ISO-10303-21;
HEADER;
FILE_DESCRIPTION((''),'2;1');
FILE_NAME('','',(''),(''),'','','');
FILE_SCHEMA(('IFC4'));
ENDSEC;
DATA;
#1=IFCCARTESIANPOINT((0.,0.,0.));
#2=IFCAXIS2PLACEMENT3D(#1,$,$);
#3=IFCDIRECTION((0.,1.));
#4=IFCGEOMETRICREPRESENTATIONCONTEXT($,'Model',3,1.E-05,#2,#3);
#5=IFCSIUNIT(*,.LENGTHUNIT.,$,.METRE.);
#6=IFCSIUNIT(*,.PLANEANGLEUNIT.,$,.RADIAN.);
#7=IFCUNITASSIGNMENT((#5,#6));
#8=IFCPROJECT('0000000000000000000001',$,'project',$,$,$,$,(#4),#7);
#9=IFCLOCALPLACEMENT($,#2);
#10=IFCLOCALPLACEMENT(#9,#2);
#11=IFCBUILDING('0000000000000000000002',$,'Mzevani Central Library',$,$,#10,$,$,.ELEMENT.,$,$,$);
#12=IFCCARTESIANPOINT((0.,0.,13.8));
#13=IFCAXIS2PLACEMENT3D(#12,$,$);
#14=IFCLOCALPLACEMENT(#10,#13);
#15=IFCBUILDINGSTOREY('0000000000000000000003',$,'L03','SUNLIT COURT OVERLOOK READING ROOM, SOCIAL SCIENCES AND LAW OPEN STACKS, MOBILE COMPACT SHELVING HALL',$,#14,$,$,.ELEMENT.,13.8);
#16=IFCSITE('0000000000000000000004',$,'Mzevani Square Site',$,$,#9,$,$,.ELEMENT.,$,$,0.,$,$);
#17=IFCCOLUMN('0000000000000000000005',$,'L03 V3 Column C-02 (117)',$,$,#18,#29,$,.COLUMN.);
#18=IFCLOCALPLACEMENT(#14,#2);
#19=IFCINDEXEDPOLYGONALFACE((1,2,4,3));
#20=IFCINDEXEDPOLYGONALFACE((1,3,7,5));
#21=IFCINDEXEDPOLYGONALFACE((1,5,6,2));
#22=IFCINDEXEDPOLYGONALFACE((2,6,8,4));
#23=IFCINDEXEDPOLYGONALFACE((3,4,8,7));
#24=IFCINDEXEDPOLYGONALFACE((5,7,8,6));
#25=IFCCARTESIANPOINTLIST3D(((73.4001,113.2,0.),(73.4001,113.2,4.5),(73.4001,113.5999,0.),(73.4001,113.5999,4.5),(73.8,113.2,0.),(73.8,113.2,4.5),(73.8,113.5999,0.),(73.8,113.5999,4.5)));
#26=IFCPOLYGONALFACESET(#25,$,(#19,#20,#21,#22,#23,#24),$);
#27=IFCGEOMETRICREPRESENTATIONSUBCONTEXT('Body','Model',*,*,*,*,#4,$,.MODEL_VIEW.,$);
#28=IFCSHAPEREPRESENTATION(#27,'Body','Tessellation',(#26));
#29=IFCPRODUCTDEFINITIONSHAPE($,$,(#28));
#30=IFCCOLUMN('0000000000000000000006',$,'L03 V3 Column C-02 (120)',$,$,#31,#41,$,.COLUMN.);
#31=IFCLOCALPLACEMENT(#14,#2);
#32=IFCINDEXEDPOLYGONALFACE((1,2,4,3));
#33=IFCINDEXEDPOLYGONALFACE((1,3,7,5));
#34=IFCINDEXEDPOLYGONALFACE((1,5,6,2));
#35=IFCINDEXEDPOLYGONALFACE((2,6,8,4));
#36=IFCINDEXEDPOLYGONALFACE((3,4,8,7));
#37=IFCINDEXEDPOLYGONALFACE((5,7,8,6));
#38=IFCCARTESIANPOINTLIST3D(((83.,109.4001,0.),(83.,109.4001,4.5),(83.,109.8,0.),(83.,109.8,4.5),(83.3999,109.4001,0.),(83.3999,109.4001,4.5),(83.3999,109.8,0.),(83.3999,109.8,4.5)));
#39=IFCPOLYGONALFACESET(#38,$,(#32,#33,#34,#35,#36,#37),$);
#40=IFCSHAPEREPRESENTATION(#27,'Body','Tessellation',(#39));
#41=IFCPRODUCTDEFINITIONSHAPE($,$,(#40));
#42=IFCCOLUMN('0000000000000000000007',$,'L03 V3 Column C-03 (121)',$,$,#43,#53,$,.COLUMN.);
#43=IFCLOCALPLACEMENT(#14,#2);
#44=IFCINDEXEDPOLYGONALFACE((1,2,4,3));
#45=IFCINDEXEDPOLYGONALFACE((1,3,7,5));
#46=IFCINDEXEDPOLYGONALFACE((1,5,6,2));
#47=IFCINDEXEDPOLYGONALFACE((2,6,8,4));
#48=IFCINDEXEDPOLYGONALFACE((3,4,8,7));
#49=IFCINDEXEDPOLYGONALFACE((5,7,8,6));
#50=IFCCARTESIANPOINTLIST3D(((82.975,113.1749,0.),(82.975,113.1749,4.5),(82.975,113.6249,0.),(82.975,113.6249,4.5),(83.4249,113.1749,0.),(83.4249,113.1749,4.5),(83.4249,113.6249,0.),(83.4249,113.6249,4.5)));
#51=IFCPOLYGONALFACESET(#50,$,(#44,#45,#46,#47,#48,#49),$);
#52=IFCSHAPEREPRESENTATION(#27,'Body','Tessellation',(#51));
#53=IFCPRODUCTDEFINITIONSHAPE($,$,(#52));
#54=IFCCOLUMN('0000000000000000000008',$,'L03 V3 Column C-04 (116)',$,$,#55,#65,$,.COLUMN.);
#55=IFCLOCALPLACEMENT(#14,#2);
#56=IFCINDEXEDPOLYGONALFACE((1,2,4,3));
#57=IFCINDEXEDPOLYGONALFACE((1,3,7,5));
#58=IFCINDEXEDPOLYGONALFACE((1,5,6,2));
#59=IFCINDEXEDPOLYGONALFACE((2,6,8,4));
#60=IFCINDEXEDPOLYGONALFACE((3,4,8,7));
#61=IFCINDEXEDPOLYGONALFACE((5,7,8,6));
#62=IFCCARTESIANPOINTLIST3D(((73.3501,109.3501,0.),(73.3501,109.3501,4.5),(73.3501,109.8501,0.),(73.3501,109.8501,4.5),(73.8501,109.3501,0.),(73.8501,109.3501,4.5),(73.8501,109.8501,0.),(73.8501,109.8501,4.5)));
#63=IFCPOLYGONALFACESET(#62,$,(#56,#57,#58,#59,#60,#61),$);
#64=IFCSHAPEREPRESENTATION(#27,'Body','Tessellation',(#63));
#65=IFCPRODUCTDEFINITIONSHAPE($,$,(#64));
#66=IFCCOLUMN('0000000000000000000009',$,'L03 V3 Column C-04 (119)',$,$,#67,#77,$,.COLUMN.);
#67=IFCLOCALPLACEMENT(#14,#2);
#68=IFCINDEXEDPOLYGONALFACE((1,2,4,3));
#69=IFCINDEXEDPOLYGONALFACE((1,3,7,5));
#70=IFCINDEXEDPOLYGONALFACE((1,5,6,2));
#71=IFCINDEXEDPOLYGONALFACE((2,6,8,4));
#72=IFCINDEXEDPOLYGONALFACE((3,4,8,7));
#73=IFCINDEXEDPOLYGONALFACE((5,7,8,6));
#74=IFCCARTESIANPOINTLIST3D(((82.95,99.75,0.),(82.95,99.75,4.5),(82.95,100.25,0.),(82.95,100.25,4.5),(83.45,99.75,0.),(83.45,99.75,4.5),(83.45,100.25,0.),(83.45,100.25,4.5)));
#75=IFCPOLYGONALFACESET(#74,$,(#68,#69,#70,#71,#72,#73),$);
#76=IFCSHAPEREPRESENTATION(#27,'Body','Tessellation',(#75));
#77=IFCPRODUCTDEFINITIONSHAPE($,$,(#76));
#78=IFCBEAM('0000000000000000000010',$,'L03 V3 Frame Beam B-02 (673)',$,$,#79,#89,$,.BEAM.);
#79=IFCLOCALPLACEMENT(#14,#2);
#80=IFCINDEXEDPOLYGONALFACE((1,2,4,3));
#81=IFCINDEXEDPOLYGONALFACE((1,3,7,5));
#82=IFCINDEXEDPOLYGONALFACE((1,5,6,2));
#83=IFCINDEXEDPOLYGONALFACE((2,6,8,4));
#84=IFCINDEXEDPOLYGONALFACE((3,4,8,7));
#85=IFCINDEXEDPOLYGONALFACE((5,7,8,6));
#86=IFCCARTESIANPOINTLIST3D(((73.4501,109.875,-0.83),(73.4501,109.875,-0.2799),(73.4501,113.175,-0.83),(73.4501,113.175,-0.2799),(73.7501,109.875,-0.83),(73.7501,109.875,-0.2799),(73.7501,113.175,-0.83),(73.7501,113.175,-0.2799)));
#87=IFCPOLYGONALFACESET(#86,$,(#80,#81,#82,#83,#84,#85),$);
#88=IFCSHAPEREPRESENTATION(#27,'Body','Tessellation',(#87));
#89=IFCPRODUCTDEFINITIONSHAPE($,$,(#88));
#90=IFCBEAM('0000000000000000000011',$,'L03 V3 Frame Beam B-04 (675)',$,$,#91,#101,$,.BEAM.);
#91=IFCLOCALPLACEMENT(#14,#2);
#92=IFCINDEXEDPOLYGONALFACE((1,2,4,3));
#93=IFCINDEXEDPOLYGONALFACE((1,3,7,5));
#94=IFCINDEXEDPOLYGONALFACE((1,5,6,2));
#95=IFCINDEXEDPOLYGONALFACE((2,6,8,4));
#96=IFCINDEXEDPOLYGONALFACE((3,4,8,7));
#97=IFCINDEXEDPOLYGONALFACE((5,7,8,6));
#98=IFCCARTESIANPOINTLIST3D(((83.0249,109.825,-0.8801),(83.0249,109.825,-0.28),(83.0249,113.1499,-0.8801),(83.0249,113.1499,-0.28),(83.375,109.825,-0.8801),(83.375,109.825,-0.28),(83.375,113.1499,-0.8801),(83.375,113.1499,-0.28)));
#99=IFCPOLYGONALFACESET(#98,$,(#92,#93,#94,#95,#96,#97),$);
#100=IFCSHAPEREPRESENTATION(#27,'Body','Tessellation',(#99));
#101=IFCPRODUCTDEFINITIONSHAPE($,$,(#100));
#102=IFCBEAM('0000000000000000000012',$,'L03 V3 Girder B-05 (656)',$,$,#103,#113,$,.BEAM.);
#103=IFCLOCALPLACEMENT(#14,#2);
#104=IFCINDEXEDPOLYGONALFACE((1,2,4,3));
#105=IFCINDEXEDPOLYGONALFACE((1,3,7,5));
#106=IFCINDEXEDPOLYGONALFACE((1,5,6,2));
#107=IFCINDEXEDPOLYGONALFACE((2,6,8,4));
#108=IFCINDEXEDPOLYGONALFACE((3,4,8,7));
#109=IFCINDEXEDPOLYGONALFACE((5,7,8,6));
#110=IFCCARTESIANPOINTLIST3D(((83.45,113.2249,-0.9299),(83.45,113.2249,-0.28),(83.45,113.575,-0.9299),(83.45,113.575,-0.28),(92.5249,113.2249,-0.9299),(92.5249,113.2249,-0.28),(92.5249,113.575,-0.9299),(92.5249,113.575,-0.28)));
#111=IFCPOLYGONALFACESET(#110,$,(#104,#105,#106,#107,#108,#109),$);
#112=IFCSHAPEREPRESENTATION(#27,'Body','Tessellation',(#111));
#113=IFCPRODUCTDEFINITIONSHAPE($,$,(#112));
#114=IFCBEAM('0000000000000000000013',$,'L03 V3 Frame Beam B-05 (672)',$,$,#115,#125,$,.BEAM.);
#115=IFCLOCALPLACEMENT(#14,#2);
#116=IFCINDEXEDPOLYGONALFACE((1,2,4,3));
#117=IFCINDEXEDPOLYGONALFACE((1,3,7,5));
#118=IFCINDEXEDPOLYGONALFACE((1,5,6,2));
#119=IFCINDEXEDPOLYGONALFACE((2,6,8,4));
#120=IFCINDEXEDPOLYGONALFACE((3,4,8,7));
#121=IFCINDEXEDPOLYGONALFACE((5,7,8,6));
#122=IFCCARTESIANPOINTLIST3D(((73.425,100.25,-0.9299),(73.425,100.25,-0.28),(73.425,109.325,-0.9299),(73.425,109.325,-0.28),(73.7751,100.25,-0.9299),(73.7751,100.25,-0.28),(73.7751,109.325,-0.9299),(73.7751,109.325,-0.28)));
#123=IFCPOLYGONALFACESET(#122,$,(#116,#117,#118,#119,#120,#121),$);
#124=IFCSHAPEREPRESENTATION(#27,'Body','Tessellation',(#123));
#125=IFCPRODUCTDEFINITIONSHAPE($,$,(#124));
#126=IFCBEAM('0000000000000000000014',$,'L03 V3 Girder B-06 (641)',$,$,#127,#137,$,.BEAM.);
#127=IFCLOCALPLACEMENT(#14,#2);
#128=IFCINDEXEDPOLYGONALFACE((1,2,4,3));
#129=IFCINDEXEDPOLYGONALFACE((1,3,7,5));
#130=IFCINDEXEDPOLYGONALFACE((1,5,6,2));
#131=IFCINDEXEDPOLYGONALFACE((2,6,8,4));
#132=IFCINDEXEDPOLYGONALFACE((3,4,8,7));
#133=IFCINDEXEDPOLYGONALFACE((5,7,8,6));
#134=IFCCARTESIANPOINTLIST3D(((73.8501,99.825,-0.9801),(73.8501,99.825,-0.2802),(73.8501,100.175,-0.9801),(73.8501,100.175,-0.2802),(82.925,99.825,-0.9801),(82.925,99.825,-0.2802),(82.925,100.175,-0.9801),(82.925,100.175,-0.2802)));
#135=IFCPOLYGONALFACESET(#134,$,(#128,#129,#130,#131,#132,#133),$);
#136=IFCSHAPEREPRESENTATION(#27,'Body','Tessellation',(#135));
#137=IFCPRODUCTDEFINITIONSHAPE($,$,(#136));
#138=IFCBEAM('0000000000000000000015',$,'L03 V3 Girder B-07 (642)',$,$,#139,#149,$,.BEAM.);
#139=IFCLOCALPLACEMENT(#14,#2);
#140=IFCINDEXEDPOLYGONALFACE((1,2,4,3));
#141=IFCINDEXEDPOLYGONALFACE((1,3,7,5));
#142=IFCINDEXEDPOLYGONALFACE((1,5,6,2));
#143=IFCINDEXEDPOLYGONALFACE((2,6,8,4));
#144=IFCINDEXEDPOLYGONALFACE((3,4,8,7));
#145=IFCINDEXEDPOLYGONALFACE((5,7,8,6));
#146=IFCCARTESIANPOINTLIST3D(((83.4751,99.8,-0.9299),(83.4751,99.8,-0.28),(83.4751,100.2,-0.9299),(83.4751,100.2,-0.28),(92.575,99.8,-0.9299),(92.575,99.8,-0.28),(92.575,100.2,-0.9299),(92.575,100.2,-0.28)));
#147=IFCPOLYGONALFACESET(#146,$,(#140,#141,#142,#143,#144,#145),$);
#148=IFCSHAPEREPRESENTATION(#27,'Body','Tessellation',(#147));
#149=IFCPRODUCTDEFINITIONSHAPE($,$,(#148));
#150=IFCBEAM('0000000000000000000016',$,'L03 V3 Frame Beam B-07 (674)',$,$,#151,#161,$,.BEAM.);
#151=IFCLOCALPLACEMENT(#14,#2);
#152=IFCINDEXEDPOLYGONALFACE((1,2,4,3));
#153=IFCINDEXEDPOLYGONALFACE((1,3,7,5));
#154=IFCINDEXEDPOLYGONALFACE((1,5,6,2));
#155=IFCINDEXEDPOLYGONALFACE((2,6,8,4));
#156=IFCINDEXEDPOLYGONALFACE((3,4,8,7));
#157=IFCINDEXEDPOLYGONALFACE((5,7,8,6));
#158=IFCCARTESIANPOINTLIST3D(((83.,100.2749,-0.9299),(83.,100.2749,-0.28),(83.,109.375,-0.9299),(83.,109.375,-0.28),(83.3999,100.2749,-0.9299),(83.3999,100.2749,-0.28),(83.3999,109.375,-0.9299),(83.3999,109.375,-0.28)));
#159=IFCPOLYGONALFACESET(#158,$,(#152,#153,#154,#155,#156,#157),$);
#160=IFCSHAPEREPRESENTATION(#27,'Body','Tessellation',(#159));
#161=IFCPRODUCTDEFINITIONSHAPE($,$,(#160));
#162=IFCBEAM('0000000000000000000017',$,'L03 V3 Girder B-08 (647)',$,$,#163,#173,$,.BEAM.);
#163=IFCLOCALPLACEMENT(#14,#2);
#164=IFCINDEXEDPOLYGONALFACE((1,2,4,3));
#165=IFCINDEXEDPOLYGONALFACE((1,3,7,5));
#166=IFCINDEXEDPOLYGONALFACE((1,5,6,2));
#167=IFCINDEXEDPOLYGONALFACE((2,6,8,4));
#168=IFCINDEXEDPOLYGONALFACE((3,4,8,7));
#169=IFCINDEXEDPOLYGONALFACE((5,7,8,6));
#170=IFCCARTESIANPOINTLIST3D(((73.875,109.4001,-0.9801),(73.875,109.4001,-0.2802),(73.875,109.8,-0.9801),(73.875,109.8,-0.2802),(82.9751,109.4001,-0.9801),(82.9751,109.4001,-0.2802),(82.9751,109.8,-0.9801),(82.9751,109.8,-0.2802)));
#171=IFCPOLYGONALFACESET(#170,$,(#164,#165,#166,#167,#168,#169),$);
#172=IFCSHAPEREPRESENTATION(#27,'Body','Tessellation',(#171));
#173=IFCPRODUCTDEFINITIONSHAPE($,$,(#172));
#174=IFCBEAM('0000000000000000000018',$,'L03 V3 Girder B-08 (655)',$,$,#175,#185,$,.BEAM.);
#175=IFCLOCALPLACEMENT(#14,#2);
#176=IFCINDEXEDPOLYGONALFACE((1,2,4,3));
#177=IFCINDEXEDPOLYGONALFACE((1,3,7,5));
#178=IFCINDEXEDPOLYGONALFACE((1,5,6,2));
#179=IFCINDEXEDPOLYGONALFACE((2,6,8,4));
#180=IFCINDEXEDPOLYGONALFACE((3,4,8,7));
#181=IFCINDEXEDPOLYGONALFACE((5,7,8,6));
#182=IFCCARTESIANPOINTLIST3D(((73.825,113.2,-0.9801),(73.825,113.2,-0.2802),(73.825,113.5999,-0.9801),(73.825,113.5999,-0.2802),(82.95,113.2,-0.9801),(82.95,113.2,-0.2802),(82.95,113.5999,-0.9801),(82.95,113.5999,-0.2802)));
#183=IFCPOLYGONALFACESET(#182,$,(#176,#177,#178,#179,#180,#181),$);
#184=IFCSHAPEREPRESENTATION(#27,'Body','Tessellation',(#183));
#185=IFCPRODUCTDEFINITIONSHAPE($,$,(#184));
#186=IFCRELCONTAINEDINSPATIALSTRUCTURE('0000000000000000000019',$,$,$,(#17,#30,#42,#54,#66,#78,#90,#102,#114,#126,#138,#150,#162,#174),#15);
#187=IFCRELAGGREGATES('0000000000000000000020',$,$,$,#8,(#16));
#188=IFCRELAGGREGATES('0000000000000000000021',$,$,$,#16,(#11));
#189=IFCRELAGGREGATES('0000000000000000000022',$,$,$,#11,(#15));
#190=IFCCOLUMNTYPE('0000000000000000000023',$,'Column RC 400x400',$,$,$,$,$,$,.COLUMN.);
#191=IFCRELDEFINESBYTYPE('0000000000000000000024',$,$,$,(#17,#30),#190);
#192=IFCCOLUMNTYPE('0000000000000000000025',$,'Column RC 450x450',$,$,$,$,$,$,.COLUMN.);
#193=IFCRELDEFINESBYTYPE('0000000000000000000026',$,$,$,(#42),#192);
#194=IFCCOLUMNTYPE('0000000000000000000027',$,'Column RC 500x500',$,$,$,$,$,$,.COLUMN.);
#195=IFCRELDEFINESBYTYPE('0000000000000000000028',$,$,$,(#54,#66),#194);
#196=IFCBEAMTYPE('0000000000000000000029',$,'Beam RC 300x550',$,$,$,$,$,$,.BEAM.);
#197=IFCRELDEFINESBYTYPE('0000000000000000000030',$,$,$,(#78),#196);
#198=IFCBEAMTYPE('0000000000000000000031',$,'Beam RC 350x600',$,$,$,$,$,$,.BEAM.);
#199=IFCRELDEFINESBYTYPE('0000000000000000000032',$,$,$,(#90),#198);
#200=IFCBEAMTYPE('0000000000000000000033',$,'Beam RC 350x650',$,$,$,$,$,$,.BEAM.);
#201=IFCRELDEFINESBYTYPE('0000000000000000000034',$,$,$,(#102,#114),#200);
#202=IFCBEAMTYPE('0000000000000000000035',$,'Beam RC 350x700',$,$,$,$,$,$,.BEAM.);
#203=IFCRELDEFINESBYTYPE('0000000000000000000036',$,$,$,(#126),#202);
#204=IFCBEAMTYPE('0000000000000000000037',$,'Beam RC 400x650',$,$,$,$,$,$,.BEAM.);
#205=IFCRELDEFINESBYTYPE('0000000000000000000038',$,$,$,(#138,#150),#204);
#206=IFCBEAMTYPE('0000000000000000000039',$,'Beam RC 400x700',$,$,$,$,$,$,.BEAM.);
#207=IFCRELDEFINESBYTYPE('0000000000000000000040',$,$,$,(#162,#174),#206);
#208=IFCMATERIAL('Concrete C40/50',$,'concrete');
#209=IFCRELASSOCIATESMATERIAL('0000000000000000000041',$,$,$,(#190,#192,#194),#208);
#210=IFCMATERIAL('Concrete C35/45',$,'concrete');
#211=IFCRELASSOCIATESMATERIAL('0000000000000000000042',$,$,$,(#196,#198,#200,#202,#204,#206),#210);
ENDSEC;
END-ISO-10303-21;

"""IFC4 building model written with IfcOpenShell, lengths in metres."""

from ifc_helpers import new_model, si_unit, direction, frame, origin, origin_2d, place, context, subcontext, project, spatial, rectangle, extrude, material, material_profile, profile_set, type_object, element, save


model = new_model("IFC4")

# Units and contexts
model_context = context("Model", 3, precision=1e-05, world=origin(), true_north=direction((0.0, 1.0)))
body_context = subcontext(model_context, "Body", "Model", "MODEL_VIEW")
ifc_project = project(units=[si_unit("LENGTHUNIT", "METRE"), si_unit("PLANEANGLEUNIT", "RADIAN")], contexts=[model_context])

# Site, building, storey
site_placement = place(None, origin())
site = spatial("IfcSite", under=ifc_project, at=site_placement, Name="Mzevani Square Site", CompositionType="ELEMENT", RefElevation=0.0)
building_placement = place(site_placement, origin())
building = spatial("IfcBuilding", under=site, at=building_placement, Name="Mzevani Central Library", CompositionType="ELEMENT")
storey_placement = place(building_placement, frame((0.0, 0.0, 13.8)))
storey = spatial("IfcBuildingStorey", under=building, at=storey_placement, Name="L03", Description="SUNLIT COURT OVERLOOK READING ROOM, SOCIAL SCIENCES AND LAW OPEN STACKS, MOBILE COMPACT SHELVING HALL", CompositionType="ELEMENT", Elevation=13.8)

# Columns
ifc_material_1 = material(Name="Concrete C40/50", Category="concrete")
ifc_material_profile_1 = material_profile(ifc_material_1, rectangle(XDim=0.3999, YDim=0.3999, at=origin_2d()), Name="RC 400x400")
ifc_profile_set_1 = profile_set([ifc_material_profile_1], Name="Concrete C40/50")
column_type_1 = type_object("IfcColumnType", Name="Column RC 400x400", PredefinedType="COLUMN", material=ifc_profile_set_1)
for number, where, z_axis, x_axis, name in (
    (1, (73.6001, 113.3999, 0.0), (0.0, 0.0, 1.0), (1.0, 0.0, 0.0), "L03 V3 Column C-02 (117)"),
    (2, (83.2, 109.6001, 0.0), (0.0, 0.0, 1.0), (1.0, 0.0, 0.0), "L03 V3 Column C-02 (120)"),
):
    element("IfcColumn", number, at=place(storey_placement, frame(where, z_axis=z_axis, x_axis=x_axis)), inside=storey, type_object=column_type_1, Name=name, PredefinedType="COLUMN", context=body_context, shape_type="SweptSolid", body=[
        extrude(rectangle(XDim=0.3999, YDim=0.3999, at=origin_2d()), origin(), (0.0, 0.0, 1.0), 4.5),
    ])
ifc_material_profile_2 = material_profile(ifc_material_1, rectangle(XDim=0.45, YDim=0.45, at=origin_2d()), Name="RC 450x450")
ifc_profile_set_2 = profile_set([ifc_material_profile_2], Name="Concrete C40/50")
column_type_2 = type_object("IfcColumnType", Name="Column RC 450x450", PredefinedType="COLUMN", material=ifc_profile_set_2)
column_placement = place(storey_placement, frame((83.2, 113.3999, 0.0), z_axis=(0.0, 0.0, 1.0), x_axis=(1.0, 0.0, 0.0)))
element("IfcColumn", 3, at=column_placement, inside=storey, type_object=column_type_2, Name="L03 V3 Column C-03 (121)", PredefinedType="COLUMN", context=body_context, shape_type="SweptSolid", body=[
    extrude(rectangle(XDim=0.45, YDim=0.45, at=origin_2d()), origin(), (0.0, 0.0, 1.0), 4.5),
])
ifc_material_profile_3 = material_profile(ifc_material_1, rectangle(XDim=0.5, YDim=0.5, at=origin_2d()), Name="RC 500x500")
ifc_profile_set_3 = profile_set([ifc_material_profile_3], Name="Concrete C40/50")
column_type_3 = type_object("IfcColumnType", Name="Column RC 500x500", PredefinedType="COLUMN", material=ifc_profile_set_3)
for number, where, z_axis, x_axis, name in (
    (4, (73.6001, 109.6001, 0.0), (0.0, 0.0, 1.0), (1.0, 0.0, 0.0), "L03 V3 Column C-04 (116)"),
    (5, (83.2, 100.0, 0.0), (0.0, 0.0, 1.0), (1.0, 0.0, 0.0), "L03 V3 Column C-04 (119)"),
):
    element("IfcColumn", number, at=place(storey_placement, frame(where, z_axis=z_axis, x_axis=x_axis)), inside=storey, type_object=column_type_3, Name=name, PredefinedType="COLUMN", context=body_context, shape_type="SweptSolid", body=[
        extrude(rectangle(XDim=0.5, YDim=0.5, at=origin_2d()), origin(), (0.0, 0.0, 1.0), 4.5),
    ])

# Beams
ifc_material_2 = material(Name="Concrete C35/45", Category="concrete")
ifc_material_profile_4 = material_profile(ifc_material_2, rectangle(XDim=0.3, YDim=0.55, at=origin_2d()), Name="RC B300x550")
ifc_profile_set_4 = profile_set([ifc_material_profile_4], Name="Concrete C35/45")
beam_type_1 = type_object("IfcBeamType", Name="Beam RC 300x550", PredefinedType="BEAM", material=ifc_profile_set_4)
beam_1_placement = place(storey_placement, frame((73.6001, 109.875, -0.5549), z_axis=(0.0, 1.0, 0.0), x_axis=(-1.0, 0.0, 0.0)))
element("IfcBeam", 6, at=beam_1_placement, inside=storey, type_object=beam_type_1, Name="L03 V3 Frame Beam B-02 (673)", PredefinedType="BEAM", context=body_context, shape_type="SweptSolid", body=[
    extrude(rectangle(XDim=0.3, YDim=0.55, at=origin_2d()), origin(), (0.0, 0.0, 1.0), 3.3),
])
ifc_material_profile_5 = material_profile(ifc_material_2, rectangle(XDim=0.3501, YDim=0.6001, at=origin_2d()), Name="RC B350x600")
ifc_profile_set_5 = profile_set([ifc_material_profile_5], Name="Concrete C35/45")
beam_type_2 = type_object("IfcBeamType", Name="Beam RC 350x600", PredefinedType="BEAM", material=ifc_profile_set_5)
beam_2_placement = place(storey_placement, frame((83.2, 109.825, -0.5801), z_axis=(0.0, 1.0, 0.0), x_axis=(-1.0, 0.0, 0.0)))
element("IfcBeam", 7, at=beam_2_placement, inside=storey, type_object=beam_type_2, Name="L03 V3 Frame Beam B-04 (675)", PredefinedType="BEAM", context=body_context, shape_type="SweptSolid", body=[
    extrude(rectangle(XDim=0.3501, YDim=0.6001, at=origin_2d()), origin(), (0.0, 0.0, 1.0), 3.325),
])
ifc_material_profile_6 = material_profile(ifc_material_2, rectangle(XDim=0.3501, YDim=0.6499, at=origin_2d()), Name="RC B350x650")
ifc_profile_set_6 = profile_set([ifc_material_profile_6], Name="Concrete C35/45")
beam_type_3 = type_object("IfcBeamType", Name="Beam RC 350x650", PredefinedType="BEAM", material=ifc_profile_set_6)
for number, where, z_axis, x_axis, name in (
    (8, (83.45, 113.3999, -0.605), (1.0, 0.0, 0.0), (0.0, 1.0, 0.0), "L03 V3 Girder B-05 (656)"),
    (9, (73.6001, 100.25, -0.605), (0.0, 1.0, 0.0), (-1.0, 0.0, 0.0), "L03 V3 Frame Beam B-05 (672)"),
):
    element("IfcBeam", number, at=place(storey_placement, frame(where, z_axis=z_axis, x_axis=x_axis)), inside=storey, type_object=beam_type_3, Name=name, PredefinedType="BEAM", context=body_context, shape_type="SweptSolid", body=[
        extrude(rectangle(XDim=0.3501, YDim=0.6499, at=origin_2d()), origin(), (0.0, 0.0, 1.0), 9.075),
    ])
ifc_material_profile_7 = material_profile(ifc_material_2, rectangle(XDim=0.3501, YDim=0.7, at=origin_2d()), Name="RC B350x700")
ifc_profile_set_7 = profile_set([ifc_material_profile_7], Name="Concrete C35/45")
beam_type_4 = type_object("IfcBeamType", Name="Beam RC 350x700", PredefinedType="BEAM", material=ifc_profile_set_7)
beam_3_placement = place(storey_placement, frame((73.8501, 100.0, -0.6301), z_axis=(1.0, 0.0, 0.0), x_axis=(0.0, 1.0, 0.0)))
element("IfcBeam", 10, at=beam_3_placement, inside=storey, type_object=beam_type_4, Name="L03 V3 Girder B-06 (641)", PredefinedType="BEAM", context=body_context, shape_type="SweptSolid", body=[
    extrude(rectangle(XDim=0.3501, YDim=0.7, at=origin_2d()), origin(), (0.0, 0.0, 1.0), 9.075),
])
ifc_material_profile_8 = material_profile(ifc_material_2, rectangle(XDim=0.3999, YDim=0.6499, at=origin_2d()), Name="RC B400x650")
ifc_profile_set_8 = profile_set([ifc_material_profile_8], Name="Concrete C35/45")
beam_type_5 = type_object("IfcBeamType", Name="Beam RC 400x650", PredefinedType="BEAM", material=ifc_profile_set_8)
beam_4_placement = place(storey_placement, frame((83.4751, 100.0, -0.605), z_axis=(1.0, 0.0, 0.0), x_axis=(0.0, 1.0, 0.0)))
element("IfcBeam", 11, at=beam_4_placement, inside=storey, type_object=beam_type_5, Name="L03 V3 Girder B-07 (642)", PredefinedType="BEAM", context=body_context, shape_type="SweptSolid", body=[
    extrude(rectangle(XDim=0.3999, YDim=0.6499, at=origin_2d()), origin(), (0.0, 0.0, 1.0), 9.0999),
])
beam_5_placement = place(storey_placement, frame((83.2, 100.2749, -0.605), z_axis=(0.0, 1.0, 0.0), x_axis=(-1.0, 0.0, 0.0)))
element("IfcBeam", 12, at=beam_5_placement, inside=storey, type_object=beam_type_5, Name="L03 V3 Frame Beam B-07 (674)", PredefinedType="BEAM", context=body_context, shape_type="SweptSolid", body=[
    extrude(rectangle(XDim=0.3999, YDim=0.6499, at=origin_2d()), origin(), (0.0, 0.0, 1.0), 9.1001),
])
ifc_material_profile_9 = material_profile(ifc_material_2, rectangle(XDim=0.3999, YDim=0.7, at=origin_2d()), Name="RC B400x700")
ifc_profile_set_9 = profile_set([ifc_material_profile_9], Name="Concrete C35/45")
beam_type_6 = type_object("IfcBeamType", Name="Beam RC 400x700", PredefinedType="BEAM", material=ifc_profile_set_9)
beam_6_placement = place(storey_placement, frame((73.875, 109.6001, -0.6301), z_axis=(1.0, 0.0, 0.0), x_axis=(0.0, 1.0, 0.0)))
element("IfcBeam", 13, at=beam_6_placement, inside=storey, type_object=beam_type_6, Name="L03 V3 Girder B-08 (647)", PredefinedType="BEAM", context=body_context, shape_type="SweptSolid", body=[
    extrude(rectangle(XDim=0.3999, YDim=0.7, at=origin_2d()), origin(), (0.0, 0.0, 1.0), 9.1001),
])
beam_7_placement = place(storey_placement, frame((73.825, 113.3999, -0.6301), z_axis=(1.0, 0.0, 0.0), x_axis=(0.0, 1.0, 0.0)))
element("IfcBeam", 14, at=beam_7_placement, inside=storey, type_object=beam_type_6, Name="L03 V3 Girder B-08 (655)", PredefinedType="BEAM", context=body_context, shape_type="SweptSolid", body=[
    extrude(rectangle(XDim=0.3999, YDim=0.7, at=origin_2d()), origin(), (0.0, 0.0, 1.0), 9.125),
])

save(model, "model.ifc")
